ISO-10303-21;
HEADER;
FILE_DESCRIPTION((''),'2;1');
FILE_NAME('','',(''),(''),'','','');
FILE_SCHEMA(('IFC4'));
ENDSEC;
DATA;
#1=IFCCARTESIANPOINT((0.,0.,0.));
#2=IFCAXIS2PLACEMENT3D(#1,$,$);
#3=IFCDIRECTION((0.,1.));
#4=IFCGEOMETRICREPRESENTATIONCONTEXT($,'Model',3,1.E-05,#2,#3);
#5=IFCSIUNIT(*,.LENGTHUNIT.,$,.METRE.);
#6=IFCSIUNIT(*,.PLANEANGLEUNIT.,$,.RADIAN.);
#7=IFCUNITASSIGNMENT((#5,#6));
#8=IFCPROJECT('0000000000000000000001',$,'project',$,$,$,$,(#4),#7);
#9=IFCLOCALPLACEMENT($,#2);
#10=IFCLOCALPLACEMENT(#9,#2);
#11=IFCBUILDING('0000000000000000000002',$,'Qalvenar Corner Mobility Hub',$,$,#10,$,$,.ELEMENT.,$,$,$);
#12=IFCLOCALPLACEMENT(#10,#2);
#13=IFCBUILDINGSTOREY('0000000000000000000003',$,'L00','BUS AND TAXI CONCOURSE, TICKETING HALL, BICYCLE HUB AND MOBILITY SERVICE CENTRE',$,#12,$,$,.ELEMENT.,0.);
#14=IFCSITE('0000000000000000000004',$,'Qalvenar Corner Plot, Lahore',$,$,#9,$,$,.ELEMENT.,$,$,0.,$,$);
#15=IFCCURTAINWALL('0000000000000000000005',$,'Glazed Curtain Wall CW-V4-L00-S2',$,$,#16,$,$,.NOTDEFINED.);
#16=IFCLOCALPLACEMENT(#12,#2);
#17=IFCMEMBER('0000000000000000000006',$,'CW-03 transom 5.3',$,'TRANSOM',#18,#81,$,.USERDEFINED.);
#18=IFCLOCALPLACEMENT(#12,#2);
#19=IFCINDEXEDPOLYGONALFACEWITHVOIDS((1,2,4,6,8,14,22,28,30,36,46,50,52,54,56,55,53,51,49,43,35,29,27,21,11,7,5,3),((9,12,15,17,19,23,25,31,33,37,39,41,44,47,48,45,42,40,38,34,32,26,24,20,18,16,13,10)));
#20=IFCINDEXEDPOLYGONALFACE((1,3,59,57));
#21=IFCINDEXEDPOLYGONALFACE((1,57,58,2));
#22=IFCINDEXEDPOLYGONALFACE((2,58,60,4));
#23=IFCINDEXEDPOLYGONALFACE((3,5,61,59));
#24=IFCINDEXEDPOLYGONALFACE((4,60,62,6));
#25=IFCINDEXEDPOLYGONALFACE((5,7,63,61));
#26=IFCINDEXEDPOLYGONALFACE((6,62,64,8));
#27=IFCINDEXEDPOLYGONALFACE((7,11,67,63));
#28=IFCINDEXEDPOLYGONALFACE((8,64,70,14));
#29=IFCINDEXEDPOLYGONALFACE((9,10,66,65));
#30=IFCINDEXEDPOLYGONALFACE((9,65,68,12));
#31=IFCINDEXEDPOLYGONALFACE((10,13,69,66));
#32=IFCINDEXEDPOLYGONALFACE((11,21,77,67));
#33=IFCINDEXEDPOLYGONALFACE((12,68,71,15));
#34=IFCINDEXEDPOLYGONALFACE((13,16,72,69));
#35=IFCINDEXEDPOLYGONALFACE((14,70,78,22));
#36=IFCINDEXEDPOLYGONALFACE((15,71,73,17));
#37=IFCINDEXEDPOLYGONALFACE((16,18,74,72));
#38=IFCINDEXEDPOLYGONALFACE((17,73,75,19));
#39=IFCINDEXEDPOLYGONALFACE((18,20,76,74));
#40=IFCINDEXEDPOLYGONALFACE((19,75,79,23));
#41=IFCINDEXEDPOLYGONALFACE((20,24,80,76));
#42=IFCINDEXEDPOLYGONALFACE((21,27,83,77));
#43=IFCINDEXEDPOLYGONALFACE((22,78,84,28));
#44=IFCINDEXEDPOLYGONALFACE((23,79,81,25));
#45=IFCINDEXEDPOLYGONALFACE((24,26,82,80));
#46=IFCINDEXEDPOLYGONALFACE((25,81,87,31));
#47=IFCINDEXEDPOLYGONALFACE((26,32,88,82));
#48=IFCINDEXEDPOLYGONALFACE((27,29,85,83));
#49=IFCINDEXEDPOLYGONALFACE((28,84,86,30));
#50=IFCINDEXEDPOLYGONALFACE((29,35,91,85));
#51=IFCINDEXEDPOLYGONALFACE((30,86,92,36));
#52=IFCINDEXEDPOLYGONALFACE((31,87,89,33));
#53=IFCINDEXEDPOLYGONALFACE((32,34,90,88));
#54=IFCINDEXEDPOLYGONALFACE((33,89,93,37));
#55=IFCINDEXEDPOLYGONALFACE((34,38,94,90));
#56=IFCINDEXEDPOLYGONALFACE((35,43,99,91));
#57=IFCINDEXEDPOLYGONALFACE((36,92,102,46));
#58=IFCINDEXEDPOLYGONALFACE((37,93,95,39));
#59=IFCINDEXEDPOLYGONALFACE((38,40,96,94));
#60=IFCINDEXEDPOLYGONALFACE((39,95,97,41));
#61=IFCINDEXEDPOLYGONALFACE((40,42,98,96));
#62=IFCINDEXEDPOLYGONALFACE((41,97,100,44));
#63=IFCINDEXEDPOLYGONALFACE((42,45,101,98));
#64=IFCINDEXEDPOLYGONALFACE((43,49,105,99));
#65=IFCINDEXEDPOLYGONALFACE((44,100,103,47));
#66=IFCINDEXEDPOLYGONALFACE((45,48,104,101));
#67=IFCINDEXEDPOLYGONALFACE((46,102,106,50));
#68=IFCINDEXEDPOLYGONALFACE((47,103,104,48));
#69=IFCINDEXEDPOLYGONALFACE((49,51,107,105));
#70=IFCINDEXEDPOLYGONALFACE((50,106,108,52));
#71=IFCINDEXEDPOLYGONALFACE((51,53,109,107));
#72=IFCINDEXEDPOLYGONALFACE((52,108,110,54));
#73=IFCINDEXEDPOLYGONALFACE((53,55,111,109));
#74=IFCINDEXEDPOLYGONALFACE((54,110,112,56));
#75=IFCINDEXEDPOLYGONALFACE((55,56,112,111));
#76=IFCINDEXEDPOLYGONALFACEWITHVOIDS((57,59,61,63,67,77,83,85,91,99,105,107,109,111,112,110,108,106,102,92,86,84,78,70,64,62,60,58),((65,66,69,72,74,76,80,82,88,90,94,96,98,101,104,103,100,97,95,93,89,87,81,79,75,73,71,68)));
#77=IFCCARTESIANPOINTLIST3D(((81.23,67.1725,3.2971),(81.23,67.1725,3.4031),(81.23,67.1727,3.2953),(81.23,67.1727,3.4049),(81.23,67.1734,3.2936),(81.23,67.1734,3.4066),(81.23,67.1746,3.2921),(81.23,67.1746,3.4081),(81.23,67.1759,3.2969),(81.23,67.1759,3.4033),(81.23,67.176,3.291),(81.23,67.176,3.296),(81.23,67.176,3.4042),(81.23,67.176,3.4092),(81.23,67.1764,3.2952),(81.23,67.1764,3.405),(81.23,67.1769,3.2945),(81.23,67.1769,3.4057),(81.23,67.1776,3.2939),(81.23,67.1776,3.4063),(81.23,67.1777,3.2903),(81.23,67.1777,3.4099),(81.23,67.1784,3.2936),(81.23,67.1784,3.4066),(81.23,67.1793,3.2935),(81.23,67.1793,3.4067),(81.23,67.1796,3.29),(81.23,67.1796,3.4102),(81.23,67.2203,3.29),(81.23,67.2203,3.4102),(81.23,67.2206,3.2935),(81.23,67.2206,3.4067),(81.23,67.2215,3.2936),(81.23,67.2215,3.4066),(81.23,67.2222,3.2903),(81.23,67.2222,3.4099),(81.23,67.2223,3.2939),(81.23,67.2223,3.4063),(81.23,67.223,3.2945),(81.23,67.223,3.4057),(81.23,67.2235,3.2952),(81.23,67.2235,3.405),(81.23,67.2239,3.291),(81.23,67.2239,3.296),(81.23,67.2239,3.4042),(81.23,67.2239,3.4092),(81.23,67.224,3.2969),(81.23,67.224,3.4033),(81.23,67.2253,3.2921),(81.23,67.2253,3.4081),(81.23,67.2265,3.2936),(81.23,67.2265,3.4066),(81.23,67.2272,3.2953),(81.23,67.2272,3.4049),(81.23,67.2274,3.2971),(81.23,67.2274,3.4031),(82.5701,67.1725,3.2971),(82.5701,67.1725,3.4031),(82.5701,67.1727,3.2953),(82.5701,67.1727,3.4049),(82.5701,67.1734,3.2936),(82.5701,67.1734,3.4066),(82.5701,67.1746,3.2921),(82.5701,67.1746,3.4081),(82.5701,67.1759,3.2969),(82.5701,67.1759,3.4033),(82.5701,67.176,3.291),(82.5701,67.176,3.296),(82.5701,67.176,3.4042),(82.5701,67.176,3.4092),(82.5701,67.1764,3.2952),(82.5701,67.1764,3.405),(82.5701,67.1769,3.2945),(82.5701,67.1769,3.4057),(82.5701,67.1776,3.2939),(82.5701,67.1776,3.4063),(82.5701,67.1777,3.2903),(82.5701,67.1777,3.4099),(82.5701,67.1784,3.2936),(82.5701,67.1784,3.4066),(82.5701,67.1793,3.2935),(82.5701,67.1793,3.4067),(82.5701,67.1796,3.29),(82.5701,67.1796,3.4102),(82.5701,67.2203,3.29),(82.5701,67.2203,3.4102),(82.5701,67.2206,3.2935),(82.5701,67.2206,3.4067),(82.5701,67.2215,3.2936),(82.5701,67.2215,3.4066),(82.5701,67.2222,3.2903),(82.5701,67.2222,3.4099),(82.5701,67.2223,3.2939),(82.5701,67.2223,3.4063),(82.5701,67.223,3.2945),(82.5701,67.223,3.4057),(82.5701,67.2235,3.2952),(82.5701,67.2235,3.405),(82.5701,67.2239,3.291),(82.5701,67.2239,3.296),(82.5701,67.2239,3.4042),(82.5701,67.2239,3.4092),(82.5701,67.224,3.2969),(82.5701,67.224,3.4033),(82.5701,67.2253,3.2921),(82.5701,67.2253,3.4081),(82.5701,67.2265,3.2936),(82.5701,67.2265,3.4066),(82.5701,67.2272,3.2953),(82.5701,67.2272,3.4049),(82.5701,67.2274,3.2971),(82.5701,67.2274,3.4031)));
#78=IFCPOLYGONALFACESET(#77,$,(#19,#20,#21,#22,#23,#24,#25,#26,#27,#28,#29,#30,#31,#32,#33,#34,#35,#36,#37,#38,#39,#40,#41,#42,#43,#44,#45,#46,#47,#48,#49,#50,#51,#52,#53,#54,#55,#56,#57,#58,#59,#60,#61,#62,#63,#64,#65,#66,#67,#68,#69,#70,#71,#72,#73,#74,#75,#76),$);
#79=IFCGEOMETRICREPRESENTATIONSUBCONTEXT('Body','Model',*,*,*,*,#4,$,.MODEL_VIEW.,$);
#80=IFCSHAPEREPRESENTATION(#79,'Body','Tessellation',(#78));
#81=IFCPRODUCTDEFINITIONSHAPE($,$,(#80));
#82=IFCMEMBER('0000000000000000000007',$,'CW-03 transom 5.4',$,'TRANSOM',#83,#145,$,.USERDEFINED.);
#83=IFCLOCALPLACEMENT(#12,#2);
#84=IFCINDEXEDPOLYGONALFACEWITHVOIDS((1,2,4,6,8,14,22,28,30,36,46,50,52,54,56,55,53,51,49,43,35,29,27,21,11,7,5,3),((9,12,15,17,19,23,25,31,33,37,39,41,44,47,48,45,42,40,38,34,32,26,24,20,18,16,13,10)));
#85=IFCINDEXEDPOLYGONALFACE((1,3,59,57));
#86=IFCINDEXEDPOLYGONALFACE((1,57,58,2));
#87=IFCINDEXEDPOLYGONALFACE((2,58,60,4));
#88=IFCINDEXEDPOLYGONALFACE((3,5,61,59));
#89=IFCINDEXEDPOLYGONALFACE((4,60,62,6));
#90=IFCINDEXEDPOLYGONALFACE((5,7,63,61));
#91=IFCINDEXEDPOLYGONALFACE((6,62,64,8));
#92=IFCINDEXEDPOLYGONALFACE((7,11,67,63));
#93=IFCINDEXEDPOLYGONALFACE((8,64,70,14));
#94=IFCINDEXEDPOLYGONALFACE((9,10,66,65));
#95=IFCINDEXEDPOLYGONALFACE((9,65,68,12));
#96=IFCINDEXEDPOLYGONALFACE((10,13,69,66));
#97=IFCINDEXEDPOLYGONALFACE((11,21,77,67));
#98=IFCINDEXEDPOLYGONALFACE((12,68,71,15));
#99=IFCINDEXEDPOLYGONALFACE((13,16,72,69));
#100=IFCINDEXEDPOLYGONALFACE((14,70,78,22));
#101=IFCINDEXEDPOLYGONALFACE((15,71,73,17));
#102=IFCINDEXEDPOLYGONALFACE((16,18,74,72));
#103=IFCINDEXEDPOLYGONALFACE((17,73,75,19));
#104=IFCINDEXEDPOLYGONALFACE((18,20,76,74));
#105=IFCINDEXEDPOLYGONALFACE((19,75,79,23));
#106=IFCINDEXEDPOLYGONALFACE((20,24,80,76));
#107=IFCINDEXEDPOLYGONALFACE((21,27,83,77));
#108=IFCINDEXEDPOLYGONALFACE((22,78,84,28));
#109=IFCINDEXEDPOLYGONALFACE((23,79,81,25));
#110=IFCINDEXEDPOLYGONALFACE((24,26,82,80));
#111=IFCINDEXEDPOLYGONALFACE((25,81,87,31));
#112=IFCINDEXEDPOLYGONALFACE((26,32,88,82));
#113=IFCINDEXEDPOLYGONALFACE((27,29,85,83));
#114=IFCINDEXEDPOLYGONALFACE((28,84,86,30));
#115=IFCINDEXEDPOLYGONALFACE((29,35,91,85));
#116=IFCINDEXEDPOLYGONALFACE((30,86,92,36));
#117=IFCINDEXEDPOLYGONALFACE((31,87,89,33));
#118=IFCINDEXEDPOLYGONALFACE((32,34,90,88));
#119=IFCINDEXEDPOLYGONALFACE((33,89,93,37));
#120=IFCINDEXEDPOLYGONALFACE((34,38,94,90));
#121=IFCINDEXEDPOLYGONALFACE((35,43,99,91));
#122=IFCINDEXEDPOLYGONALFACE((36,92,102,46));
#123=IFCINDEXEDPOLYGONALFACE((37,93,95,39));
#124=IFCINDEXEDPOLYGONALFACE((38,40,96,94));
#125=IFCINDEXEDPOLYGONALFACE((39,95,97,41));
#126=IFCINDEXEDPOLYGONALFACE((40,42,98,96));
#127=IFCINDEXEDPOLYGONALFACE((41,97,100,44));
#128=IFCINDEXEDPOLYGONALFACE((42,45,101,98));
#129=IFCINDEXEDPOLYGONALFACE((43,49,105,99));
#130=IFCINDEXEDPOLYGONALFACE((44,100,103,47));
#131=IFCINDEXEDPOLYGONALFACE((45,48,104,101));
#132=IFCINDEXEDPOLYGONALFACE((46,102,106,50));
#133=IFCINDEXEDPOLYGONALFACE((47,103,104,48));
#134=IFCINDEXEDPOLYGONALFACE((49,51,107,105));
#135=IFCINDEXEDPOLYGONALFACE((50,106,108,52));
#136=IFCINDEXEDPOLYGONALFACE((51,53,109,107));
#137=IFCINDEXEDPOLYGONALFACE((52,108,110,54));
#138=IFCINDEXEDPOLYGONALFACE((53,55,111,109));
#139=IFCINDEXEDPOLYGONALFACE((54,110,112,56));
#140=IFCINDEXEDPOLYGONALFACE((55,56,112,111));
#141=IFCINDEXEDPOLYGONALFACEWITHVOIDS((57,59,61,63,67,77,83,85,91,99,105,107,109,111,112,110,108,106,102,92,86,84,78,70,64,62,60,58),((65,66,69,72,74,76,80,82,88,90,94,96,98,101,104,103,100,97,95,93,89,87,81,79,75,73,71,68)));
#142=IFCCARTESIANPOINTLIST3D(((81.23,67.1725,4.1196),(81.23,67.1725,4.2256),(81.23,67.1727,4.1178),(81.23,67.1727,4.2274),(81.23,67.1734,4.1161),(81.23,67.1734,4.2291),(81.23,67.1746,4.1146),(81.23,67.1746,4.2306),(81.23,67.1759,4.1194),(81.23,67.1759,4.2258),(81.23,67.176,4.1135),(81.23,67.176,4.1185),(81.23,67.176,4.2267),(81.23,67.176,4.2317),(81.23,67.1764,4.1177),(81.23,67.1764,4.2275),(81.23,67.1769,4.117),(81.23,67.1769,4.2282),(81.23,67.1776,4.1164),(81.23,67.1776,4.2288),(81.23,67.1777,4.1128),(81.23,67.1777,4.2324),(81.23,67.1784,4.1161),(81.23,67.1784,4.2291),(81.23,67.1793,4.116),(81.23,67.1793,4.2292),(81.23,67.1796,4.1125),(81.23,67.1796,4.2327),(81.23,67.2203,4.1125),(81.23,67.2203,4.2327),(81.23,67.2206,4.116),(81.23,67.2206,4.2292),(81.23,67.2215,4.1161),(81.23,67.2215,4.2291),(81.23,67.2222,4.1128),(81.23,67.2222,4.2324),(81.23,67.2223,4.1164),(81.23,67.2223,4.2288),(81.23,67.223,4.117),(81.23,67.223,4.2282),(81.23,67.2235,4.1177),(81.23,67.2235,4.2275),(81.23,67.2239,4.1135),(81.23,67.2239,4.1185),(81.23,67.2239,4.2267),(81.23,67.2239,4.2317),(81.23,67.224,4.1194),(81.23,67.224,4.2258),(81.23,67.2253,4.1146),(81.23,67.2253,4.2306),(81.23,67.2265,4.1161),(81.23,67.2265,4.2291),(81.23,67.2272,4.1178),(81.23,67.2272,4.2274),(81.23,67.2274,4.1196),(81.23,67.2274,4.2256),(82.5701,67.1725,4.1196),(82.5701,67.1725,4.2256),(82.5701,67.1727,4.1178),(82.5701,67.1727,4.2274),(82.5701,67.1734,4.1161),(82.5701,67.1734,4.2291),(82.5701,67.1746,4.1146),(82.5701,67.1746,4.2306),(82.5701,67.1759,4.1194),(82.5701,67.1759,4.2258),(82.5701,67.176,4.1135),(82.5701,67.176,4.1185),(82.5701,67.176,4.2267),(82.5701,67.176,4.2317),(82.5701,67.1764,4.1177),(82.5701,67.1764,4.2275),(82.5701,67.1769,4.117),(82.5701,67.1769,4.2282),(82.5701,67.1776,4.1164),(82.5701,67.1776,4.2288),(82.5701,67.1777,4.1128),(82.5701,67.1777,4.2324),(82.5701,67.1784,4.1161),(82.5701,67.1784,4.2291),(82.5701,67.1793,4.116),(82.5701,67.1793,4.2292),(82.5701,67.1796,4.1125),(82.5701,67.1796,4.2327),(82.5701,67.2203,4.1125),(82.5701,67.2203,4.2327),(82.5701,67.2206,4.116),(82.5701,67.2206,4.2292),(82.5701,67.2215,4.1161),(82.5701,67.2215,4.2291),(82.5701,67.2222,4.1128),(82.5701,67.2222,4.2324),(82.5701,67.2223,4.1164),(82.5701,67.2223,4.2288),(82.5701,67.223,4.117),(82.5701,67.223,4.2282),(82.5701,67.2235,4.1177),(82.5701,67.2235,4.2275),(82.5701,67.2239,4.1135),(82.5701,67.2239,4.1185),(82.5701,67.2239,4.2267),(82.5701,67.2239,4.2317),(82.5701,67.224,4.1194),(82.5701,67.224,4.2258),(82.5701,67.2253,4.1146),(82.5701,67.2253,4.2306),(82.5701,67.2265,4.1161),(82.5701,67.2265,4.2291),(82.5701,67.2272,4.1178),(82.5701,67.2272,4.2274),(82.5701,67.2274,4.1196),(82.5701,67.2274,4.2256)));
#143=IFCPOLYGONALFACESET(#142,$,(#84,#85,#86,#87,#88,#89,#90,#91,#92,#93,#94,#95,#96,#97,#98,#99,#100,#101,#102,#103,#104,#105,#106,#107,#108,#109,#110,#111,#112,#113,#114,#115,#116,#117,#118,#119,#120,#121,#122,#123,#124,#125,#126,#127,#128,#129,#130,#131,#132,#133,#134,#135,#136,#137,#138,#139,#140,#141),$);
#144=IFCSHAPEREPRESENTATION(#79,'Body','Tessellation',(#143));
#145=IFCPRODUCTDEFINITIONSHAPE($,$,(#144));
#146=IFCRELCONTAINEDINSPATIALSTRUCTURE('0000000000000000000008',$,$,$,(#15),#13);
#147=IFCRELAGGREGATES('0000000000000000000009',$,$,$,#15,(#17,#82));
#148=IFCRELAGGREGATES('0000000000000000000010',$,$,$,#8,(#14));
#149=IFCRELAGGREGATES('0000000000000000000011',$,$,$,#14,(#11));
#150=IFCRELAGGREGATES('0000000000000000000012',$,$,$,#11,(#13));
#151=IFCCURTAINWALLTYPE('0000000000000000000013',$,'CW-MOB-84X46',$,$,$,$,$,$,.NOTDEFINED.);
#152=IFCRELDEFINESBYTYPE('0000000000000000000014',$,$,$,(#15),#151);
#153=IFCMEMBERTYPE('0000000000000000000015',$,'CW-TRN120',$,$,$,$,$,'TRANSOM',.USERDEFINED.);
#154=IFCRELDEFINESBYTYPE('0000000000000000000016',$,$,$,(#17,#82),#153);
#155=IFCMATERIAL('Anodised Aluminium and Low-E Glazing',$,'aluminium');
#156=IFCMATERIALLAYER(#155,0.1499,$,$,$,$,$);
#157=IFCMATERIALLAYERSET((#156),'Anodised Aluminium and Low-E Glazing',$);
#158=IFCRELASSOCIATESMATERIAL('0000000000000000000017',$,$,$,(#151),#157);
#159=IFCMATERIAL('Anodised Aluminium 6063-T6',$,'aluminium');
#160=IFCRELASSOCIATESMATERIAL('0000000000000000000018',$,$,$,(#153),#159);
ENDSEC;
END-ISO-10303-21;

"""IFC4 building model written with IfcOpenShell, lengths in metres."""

from ifc_helpers import new_model, si_unit, direction, frame, origin, origin_2d, place, context, subcontext, project, spatial, hollow_rectangle, extrude, material, layer, layer_set, material_profile, profile_set, type_object, element, aggregate, save


model = new_model("IFC4")

# Units and contexts
model_context = context("Model", 3, precision=1e-05, world=origin(), true_north=direction((0.0, 1.0)))
body_context = subcontext(model_context, "Body", "Model", "MODEL_VIEW")
ifc_project = project(units=[si_unit("LENGTHUNIT", "METRE"), si_unit("PLANEANGLEUNIT", "RADIAN")], contexts=[model_context])

# Site, building, storey
site_placement = place(None, origin())
site = spatial("IfcSite", under=ifc_project, at=site_placement, Name="Qalvenar Corner Plot, Lahore", CompositionType="ELEMENT", RefElevation=0.0)
building_placement = place(site_placement, origin())
building = spatial("IfcBuilding", under=site, at=building_placement, Name="Qalvenar Corner Mobility Hub", CompositionType="ELEMENT")
storey_placement = place(building_placement, origin())
storey = spatial("IfcBuildingStorey", under=building, at=storey_placement, Name="L00", Description="BUS AND TAXI CONCOURSE, TICKETING HALL, BICYCLE HUB AND MOBILITY SERVICE CENTRE", CompositionType="ELEMENT", Elevation=0.0)

# Curtain wall
ifc_material_1 = material(Name="Anodised Aluminium and Low-E Glazing", Category="aluminium")
ifc_layer_1 = layer(ifc_material_1, 0.1499)
ifc_layer_set_1 = layer_set([ifc_layer_1], Name="Anodised Aluminium and Low-E Glazing")
curtain_wall_type_1 = type_object("IfcCurtainWallType", Name="CW-MOB-84X46", PredefinedType="NOTDEFINED", material=ifc_layer_set_1)
curtain_wall_1_placement = place(storey_placement, origin())
curtain_wall_1 = element("IfcCurtainWall", 1, at=curtain_wall_1_placement, inside=storey, type_object=curtain_wall_type_1, Name="Glazed Curtain Wall CW-V4-L00-S2", PredefinedType="NOTDEFINED")
ifc_material_2 = material(Name="Anodised Aluminium 6063-T6", Category="aluminium")

# Members
ifc_material_profile_1 = material_profile(ifc_material_2, hollow_rectangle(XDim=0.0549, YDim=0.1201, WallThickness=0.0034, InnerFilletRadius=0.0034, OuterFilletRadius=0.0071, at=origin_2d()), Name="RHS120x55x3.5")
ifc_profile_set_1 = profile_set([ifc_material_profile_1], Name="Anodised Aluminium 6063-T6")
member_type_1 = type_object("IfcMemberType", Name="CW-TRN120", ElementType="TRANSOM", PredefinedType="USERDEFINED", material=ifc_profile_set_1)
member_1_placement = place(storey_placement, frame((81.23, 67.2, 3.3501), z_axis=(1.0, 0.0, 0.0), x_axis=(0.0, 1.0, 0.0)))
member_1 = element("IfcMember", 2, at=member_1_placement, type_object=member_type_1, Name="CW-03 transom 5.3", ObjectType="TRANSOM", PredefinedType="USERDEFINED", context=body_context, shape_type="SweptSolid", body=[
    extrude(hollow_rectangle(XDim=0.0549, YDim=0.1201, WallThickness=0.0034, InnerFilletRadius=0.0034, OuterFilletRadius=0.0071, at=origin_2d()), origin(), (0.0, 0.0, 1.0), 1.3401),
])
member_2_placement = place(storey_placement, frame((81.23, 67.2, 4.1726), z_axis=(1.0, 0.0, 0.0), x_axis=(0.0, 1.0, 0.0)))
member_2 = element("IfcMember", 3, at=member_2_placement, type_object=member_type_1, Name="CW-03 transom 5.4", ObjectType="TRANSOM", PredefinedType="USERDEFINED", context=body_context, shape_type="SweptSolid", body=[
    extrude(hollow_rectangle(XDim=0.0549, YDim=0.1201, WallThickness=0.0034, InnerFilletRadius=0.0034, OuterFilletRadius=0.0071, at=origin_2d()), origin(), (0.0, 0.0, 1.0), 1.3401),
])

aggregate(curtain_wall_1, [member_1, member_2])

save(model, "model.ifc")
